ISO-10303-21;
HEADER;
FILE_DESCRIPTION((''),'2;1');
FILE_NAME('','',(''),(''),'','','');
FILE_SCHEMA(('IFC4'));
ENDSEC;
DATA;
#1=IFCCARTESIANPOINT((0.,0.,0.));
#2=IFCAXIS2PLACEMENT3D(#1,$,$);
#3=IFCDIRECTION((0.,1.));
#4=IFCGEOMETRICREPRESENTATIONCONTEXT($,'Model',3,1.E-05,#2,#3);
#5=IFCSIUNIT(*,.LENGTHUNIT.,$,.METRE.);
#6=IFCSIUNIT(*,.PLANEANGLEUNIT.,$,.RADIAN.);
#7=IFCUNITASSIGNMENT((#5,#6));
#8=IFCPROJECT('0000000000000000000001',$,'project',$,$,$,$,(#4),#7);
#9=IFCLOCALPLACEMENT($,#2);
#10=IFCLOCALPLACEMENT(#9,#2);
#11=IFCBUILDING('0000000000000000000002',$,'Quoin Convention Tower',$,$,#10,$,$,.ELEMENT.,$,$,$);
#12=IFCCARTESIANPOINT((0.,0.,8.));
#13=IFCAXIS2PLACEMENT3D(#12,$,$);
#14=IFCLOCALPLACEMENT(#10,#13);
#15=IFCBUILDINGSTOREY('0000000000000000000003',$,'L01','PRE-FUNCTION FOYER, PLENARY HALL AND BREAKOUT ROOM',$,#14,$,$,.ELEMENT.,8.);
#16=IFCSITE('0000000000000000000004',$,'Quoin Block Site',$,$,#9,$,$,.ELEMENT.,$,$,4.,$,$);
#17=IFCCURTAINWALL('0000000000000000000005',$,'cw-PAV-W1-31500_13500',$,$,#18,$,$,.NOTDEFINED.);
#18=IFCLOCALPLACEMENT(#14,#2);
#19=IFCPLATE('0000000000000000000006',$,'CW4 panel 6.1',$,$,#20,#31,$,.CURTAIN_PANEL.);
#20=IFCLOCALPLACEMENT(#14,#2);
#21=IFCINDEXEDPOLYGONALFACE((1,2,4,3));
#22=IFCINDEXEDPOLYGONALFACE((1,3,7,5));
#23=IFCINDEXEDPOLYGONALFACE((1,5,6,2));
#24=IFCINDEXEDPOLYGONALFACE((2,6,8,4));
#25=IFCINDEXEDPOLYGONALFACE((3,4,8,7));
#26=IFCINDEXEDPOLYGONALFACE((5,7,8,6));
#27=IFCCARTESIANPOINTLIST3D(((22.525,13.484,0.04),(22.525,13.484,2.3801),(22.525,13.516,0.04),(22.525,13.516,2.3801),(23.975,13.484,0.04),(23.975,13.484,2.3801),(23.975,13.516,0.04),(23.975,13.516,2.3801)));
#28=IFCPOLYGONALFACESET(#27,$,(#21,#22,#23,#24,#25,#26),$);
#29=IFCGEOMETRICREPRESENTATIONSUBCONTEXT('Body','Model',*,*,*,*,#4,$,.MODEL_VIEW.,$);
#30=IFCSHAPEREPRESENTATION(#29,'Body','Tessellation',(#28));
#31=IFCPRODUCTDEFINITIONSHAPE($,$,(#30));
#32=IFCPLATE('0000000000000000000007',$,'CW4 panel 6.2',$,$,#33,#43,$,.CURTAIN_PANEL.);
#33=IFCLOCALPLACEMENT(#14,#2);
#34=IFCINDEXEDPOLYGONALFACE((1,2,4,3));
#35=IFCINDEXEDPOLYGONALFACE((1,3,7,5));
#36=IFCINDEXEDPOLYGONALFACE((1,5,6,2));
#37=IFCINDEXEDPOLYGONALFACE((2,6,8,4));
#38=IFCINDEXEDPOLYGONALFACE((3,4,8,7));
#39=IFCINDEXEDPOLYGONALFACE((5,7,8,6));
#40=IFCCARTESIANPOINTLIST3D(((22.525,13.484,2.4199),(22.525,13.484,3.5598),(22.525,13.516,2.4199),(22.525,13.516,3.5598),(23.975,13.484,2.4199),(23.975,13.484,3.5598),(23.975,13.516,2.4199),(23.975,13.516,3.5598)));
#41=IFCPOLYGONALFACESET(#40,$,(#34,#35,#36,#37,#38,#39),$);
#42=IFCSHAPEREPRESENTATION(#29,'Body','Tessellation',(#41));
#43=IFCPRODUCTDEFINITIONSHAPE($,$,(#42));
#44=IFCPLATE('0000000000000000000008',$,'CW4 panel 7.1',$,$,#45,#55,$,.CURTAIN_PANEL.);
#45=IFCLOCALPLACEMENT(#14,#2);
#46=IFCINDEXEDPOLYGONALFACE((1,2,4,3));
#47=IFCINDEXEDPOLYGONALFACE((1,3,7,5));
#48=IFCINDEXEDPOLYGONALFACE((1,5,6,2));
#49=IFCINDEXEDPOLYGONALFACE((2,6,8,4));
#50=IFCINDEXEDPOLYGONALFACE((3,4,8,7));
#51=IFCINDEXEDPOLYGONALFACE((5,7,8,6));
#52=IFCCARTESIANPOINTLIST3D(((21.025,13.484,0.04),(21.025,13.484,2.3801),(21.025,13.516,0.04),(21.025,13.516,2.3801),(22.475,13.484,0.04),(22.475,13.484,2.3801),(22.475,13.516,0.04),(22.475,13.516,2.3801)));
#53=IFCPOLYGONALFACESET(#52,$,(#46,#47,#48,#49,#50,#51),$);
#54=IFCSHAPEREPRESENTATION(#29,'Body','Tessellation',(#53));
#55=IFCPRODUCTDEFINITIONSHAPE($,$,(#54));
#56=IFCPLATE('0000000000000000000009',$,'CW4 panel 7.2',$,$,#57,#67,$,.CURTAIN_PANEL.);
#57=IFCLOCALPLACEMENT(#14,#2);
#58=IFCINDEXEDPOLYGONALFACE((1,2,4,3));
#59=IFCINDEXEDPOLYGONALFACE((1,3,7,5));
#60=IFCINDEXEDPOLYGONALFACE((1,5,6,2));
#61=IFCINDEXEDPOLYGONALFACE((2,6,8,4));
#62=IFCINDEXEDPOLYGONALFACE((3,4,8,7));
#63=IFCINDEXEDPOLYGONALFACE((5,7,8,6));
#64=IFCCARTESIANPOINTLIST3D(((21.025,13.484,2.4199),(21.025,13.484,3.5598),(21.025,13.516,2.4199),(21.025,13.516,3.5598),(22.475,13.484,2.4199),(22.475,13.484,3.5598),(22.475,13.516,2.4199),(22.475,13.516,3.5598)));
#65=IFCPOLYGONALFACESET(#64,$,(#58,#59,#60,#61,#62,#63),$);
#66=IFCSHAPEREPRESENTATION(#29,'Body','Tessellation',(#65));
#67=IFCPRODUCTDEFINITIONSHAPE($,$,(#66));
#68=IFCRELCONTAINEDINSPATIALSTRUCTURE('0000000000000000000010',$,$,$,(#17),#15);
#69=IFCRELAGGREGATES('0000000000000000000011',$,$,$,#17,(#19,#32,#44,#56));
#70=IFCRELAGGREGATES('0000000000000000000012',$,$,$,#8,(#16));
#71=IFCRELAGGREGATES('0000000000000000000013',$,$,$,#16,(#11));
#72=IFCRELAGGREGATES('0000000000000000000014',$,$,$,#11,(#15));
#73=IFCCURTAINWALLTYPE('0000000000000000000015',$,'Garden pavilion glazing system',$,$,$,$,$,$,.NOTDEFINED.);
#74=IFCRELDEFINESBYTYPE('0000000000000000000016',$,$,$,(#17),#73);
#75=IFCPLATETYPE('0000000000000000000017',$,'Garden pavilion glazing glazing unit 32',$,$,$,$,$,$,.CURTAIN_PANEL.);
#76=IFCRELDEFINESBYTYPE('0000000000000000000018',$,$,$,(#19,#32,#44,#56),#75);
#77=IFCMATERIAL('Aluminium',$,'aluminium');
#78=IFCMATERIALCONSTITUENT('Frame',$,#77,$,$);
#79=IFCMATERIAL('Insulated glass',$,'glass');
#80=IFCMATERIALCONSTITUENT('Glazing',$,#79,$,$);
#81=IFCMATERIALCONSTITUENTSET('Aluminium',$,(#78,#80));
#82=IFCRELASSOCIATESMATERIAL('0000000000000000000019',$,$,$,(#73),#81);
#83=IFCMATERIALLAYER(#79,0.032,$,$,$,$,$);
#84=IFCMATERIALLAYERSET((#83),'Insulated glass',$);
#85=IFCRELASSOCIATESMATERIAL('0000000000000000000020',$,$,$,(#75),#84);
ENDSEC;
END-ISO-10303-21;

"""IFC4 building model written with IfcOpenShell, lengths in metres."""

from ifc_helpers import new_model, si_unit, direction, frame, origin, origin_2d, place, context, subcontext, project, spatial, rectangle, extrude, material, layer, layer_set, constituent, constituent_set, type_object, element, aggregate, save


model = new_model("IFC4")

# Units and contexts
model_context = context("Model", 3, precision=1e-05, world=origin(), true_north=direction((0.0, 1.0)))
body_context = subcontext(model_context, "Body", "Model", "MODEL_VIEW")
ifc_project = project(units=[si_unit("LENGTHUNIT", "METRE"), si_unit("PLANEANGLEUNIT", "RADIAN")], contexts=[model_context])

# Site, building, storey
site_placement = place(None, origin())
site = spatial("IfcSite", under=ifc_project, at=site_placement, Name="Quoin Block Site", CompositionType="ELEMENT", RefElevation=4.0)
building_placement = place(site_placement, origin())
building = spatial("IfcBuilding", under=site, at=building_placement, Name="Quoin Convention Tower", CompositionType="ELEMENT")
storey_placement = place(building_placement, frame((0.0, 0.0, 8.0)))
storey = spatial("IfcBuildingStorey", under=building, at=storey_placement, Name="L01", Description="PRE-FUNCTION FOYER, PLENARY HALL AND BREAKOUT ROOM", CompositionType="ELEMENT", Elevation=8.0)

# Curtain wall
ifc_material_1 = material(Name="Aluminium", Category="aluminium")
ifc_constituent_1 = constituent(ifc_material_1, Name="Frame")
ifc_material_2 = material(Name="Insulated glass", Category="glass")
ifc_constituent_2 = constituent(ifc_material_2, Name="Glazing")
ifc_constituent_set = constituent_set(constituents=[ifc_constituent_1, ifc_constituent_2], Name="Aluminium")
curtain_wall_type = type_object("IfcCurtainWallType", Name="Garden pavilion glazing system", PredefinedType="NOTDEFINED", material=ifc_constituent_set)
curtain_wall_placement = place(storey_placement, origin())
curtain_wall = element("IfcCurtainWall", 1, at=curtain_wall_placement, inside=storey, type_object=curtain_wall_type, Name="cw-PAV-W1-31500_13500", PredefinedType="NOTDEFINED")

# Plates
ifc_layer = layer(ifc_material_2, 0.032)
ifc_layer_set = layer_set([ifc_layer], Name="Insulated glass")
plate_type = type_object("IfcPlateType", Name="Garden pavilion glazing glazing unit 32", PredefinedType="CURTAIN_PANEL", material=ifc_layer_set)
plate_1_placement = place(storey_placement, frame((23.25, 13.5, 0.04), z_axis=(0.0, 0.0, 1.0), x_axis=(-1.0, 0.0, 0.0)))
plate_1 = element("IfcPlate", 2, at=plate_1_placement, type_object=plate_type, Name="CW4 panel 6.1", PredefinedType="CURTAIN_PANEL", context=body_context, shape_type="SweptSolid", body=[
    extrude(rectangle(XDim=1.45, YDim=0.032, at=origin_2d()), origin(), (0.0, 0.0, 1.0), 2.3401),
])
plate_2_placement = place(storey_placement, frame((23.25, 13.5, 2.4199), z_axis=(0.0, 0.0, 1.0), x_axis=(-1.0, 0.0, 0.0)))
plate_2 = element("IfcPlate", 3, at=plate_2_placement, type_object=plate_type, Name="CW4 panel 6.2", PredefinedType="CURTAIN_PANEL", context=body_context, shape_type="SweptSolid", body=[
    extrude(rectangle(XDim=1.45, YDim=0.032, at=origin_2d()), origin(), (0.0, 0.0, 1.0), 1.1399),
])
plate_3_placement = place(storey_placement, frame((21.75, 13.5, 0.04), z_axis=(0.0, 0.0, 1.0), x_axis=(-1.0, 0.0, 0.0)))
plate_3 = element("IfcPlate", 4, at=plate_3_placement, type_object=plate_type, Name="CW4 panel 7.1", PredefinedType="CURTAIN_PANEL", context=body_context, shape_type="SweptSolid", body=[
    extrude(rectangle(XDim=1.45, YDim=0.032, at=origin_2d()), origin(), (0.0, 0.0, 1.0), 2.3401),
])
plate_4_placement = place(storey_placement, frame((21.75, 13.5, 2.4199), z_axis=(0.0, 0.0, 1.0), x_axis=(-1.0, 0.0, 0.0)))
plate_4 = element("IfcPlate", 5, at=plate_4_placement, type_object=plate_type, Name="CW4 panel 7.2", PredefinedType="CURTAIN_PANEL", context=body_context, shape_type="SweptSolid", body=[
    extrude(rectangle(XDim=1.45, YDim=0.032, at=origin_2d()), origin(), (0.0, 0.0, 1.0), 1.1399),
])
aggregate(curtain_wall, [plate_1, plate_2, plate_3, plate_4])

save(model, "model.ifc")
